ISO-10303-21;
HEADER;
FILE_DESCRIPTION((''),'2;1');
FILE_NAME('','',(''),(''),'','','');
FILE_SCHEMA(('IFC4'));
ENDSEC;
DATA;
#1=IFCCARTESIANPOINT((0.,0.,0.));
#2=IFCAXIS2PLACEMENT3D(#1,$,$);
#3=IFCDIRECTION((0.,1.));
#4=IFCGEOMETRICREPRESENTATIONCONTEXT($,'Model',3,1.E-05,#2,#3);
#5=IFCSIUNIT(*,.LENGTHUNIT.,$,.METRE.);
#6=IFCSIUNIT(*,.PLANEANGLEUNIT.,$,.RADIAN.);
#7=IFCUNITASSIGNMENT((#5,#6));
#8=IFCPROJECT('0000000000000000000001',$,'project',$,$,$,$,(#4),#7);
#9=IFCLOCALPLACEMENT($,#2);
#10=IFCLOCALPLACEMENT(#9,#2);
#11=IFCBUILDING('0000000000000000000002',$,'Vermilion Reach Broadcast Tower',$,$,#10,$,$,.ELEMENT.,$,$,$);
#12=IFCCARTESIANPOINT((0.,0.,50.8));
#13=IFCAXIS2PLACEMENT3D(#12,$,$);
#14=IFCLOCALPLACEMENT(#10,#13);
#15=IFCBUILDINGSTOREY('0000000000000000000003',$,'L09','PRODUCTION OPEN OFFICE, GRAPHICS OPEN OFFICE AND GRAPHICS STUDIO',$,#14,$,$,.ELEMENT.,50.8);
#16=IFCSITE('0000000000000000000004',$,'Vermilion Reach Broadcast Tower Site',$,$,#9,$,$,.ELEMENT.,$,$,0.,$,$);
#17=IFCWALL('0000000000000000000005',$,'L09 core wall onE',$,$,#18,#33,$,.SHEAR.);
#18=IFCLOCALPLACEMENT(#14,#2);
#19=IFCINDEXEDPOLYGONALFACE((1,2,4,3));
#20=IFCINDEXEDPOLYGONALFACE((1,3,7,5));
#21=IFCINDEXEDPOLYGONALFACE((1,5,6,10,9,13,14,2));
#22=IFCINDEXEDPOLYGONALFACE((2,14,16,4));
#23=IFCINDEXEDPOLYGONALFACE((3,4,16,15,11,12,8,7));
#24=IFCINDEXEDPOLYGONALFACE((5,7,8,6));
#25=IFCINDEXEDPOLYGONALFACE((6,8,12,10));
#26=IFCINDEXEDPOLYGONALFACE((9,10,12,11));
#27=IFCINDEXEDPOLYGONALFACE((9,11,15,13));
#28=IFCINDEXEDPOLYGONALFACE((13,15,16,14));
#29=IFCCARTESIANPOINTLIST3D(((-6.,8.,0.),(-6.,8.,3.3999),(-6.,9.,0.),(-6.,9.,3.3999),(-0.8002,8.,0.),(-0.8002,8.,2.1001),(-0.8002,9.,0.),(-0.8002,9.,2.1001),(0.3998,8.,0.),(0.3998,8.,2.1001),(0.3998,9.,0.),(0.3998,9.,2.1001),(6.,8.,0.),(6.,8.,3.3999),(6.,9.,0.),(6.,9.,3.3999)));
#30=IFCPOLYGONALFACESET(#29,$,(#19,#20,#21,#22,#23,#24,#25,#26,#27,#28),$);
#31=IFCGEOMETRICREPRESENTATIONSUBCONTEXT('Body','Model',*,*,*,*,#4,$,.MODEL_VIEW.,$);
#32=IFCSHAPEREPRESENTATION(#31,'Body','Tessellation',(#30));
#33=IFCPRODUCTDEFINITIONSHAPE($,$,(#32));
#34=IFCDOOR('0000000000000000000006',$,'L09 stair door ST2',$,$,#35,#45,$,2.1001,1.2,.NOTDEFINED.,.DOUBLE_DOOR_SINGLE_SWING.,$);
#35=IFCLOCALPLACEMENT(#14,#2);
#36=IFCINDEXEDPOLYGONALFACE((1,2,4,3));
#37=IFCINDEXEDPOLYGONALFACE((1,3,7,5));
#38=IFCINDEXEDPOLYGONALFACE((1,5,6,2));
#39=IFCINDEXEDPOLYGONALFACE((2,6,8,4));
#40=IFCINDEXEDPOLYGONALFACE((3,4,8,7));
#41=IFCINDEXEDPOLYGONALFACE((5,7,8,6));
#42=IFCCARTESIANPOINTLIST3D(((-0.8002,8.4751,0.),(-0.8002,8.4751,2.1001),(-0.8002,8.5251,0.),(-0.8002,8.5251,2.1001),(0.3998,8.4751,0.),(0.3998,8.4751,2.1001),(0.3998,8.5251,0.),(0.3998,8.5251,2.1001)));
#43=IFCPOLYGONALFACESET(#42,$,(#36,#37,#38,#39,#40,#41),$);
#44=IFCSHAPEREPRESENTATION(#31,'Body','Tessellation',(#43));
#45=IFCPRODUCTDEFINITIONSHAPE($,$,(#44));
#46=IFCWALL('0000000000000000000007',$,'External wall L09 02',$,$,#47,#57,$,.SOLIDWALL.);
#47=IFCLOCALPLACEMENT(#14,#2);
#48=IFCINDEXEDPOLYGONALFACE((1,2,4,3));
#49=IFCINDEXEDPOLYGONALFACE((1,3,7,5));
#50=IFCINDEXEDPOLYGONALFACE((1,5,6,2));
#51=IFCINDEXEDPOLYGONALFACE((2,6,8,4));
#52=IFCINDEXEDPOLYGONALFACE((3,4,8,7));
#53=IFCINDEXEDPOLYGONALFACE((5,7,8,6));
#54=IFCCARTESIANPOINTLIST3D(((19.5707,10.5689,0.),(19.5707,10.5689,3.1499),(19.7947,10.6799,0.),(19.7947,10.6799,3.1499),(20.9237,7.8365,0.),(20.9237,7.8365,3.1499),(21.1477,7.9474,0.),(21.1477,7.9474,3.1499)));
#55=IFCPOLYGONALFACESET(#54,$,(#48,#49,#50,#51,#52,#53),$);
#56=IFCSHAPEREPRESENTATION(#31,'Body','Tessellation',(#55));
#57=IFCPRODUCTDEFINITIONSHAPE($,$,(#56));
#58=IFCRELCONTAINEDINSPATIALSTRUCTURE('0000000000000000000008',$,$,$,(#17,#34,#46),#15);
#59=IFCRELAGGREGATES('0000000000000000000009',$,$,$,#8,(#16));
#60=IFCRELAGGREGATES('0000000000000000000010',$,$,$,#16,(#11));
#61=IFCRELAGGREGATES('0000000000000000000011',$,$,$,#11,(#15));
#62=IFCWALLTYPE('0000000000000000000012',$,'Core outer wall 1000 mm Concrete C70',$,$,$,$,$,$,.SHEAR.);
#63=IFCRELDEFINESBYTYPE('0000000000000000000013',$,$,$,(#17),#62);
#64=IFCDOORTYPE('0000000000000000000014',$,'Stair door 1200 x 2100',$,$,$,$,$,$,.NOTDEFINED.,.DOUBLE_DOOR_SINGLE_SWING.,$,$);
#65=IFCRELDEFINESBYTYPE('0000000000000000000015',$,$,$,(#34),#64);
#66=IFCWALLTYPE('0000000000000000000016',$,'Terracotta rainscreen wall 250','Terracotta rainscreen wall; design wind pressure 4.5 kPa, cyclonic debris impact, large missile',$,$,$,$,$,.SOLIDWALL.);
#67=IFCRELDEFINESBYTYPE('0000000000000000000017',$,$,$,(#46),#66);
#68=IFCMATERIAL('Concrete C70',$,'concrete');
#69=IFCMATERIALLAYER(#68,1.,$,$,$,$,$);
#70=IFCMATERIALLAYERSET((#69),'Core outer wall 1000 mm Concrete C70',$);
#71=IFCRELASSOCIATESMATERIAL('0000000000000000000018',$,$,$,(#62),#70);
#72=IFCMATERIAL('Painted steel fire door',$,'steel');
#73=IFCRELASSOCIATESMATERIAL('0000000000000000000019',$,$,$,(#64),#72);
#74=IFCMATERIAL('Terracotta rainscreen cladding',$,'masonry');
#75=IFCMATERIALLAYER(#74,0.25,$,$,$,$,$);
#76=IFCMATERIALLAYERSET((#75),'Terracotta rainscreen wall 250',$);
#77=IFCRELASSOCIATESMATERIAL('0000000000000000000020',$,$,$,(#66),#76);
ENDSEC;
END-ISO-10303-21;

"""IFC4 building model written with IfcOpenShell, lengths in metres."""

from ifc_helpers import new_model, si_unit, direction, frame, frame_2d, origin, place, context, subcontext, project, spatial, rectangle, extrude, material, layer, layer_set, type_object, element, fill, save


model = new_model("IFC4")

# Units and contexts
model_context = context("Model", 3, precision=1e-05, world=origin(), true_north=direction((0.0, 1.0)))
body_context = subcontext(model_context, "Body", "Model", "MODEL_VIEW")
ifc_project = project(units=[si_unit("LENGTHUNIT", "METRE"), si_unit("PLANEANGLEUNIT", "RADIAN")], contexts=[model_context])

# Site, building, storey
site_placement = place(None, origin())
site = spatial("IfcSite", under=ifc_project, at=site_placement, Name="Vermilion Reach Broadcast Tower Site", CompositionType="ELEMENT", RefElevation=0.0)
building_placement = place(site_placement, origin())
building = spatial("IfcBuilding", under=site, at=building_placement, Name="Vermilion Reach Broadcast Tower", CompositionType="ELEMENT")
storey_placement = place(building_placement, frame((0.0, 0.0, 50.8)))
storey = spatial("IfcBuildingStorey", under=building, at=storey_placement, Name="L09", Description="PRODUCTION OPEN OFFICE, GRAPHICS OPEN OFFICE AND GRAPHICS STUDIO", CompositionType="ELEMENT", Elevation=50.8)

# Wall, opening, door
ifc_material_1 = material(Name="Concrete C70", Category="concrete")
ifc_layer_1 = layer(ifc_material_1, 1.0)
ifc_layer_set_1 = layer_set([ifc_layer_1], Name="Core outer wall 1000 mm Concrete C70")
wall_type_1 = type_object("IfcWallType", Name="Core outer wall 1000 mm Concrete C70", PredefinedType="SHEAR", material=ifc_layer_set_1)
wall_1_placement = place(storey_placement, frame((6.0, 8.5, 0.0), z_axis=(0.0, 0.0, 1.0), x_axis=(-1.0, 0.0, 0.0)))
wall_1 = element("IfcWall", 1, at=wall_1_placement, inside=storey, type_object=wall_type_1, Name="L09 core wall onE", PredefinedType="SHEAR", context=body_context, shape_type="SweptSolid", body=[
    extrude(rectangle(XDim=12.0, YDim=1.0, at=frame_2d((6.0, 0.0))), origin(), (0.0, 0.0, 1.0), 3.3999),
])
opening_placement = place(wall_1_placement, frame((5.6001, 0.0, 0.0)))
opening = element("IfcOpeningElement", 2, at=opening_placement, cuts=wall_1, PredefinedType="OPENING", context=body_context, shape_type="SweptSolid", body=[
    extrude(rectangle(XDim=1.2, YDim=2.1001, at=frame_2d((0.6001, 1.05))), frame((0.0, 0.51, 0.0), z_axis=(0.0, -1.0, 0.0), x_axis=(1.0, 0.0, 0.0)), (0.0, 0.0, 1.0), 1.02),
])
ifc_material_2 = material(Name="Painted steel fire door", Category="steel")
door_type = type_object("IfcDoorType", Name="Stair door 1200 x 2100", OperationType="DOUBLE_DOOR_SINGLE_SWING", PredefinedType="NOTDEFINED", material=ifc_material_2)
door_placement = place(opening_placement, origin())
door = element("IfcDoor", 3, at=door_placement, inside=storey, type_object=door_type, Name="L09 stair door ST2", OperationType="DOUBLE_DOOR_SINGLE_SWING", OverallHeight=2.1001, OverallWidth=1.2, PredefinedType="NOTDEFINED", context=body_context, shape_type="SweptSolid", body=[
    extrude(rectangle(XDim=1.2, YDim=2.1001, at=frame_2d((0.6001, 1.05))), frame((0.0, 0.0249, 0.0), z_axis=(0.0, -1.0, 0.0), x_axis=(1.0, 0.0, 0.0)), (0.0, 0.0, 1.0), 0.05),
])
fill(opening, door)

# Wall
ifc_material_3 = material(Name="Terracotta rainscreen cladding", Category="masonry")
ifc_layer_2 = layer(ifc_material_3, 0.25)
ifc_layer_set_2 = layer_set([ifc_layer_2], Name="Terracotta rainscreen wall 250")
wall_type_2 = type_object("IfcWallType", Name="Terracotta rainscreen wall 250", Description="Terracotta rainscreen wall; design wind pressure 4.5 kPa, cyclonic debris impact, large missile", PredefinedType="SOLIDWALL", material=ifc_layer_set_2)
wall_2_placement = place(storey_placement, frame((21.0356, 7.8921, 0.0), z_axis=(0.0, 0.0, 1.0), x_axis=(-0.443751, 0.89615, 0.0)))
element("IfcWall", 4, at=wall_2_placement, inside=storey, type_object=wall_type_2, Name="External wall L09 02", PredefinedType="SOLIDWALL", context=body_context, shape_type="SweptSolid", body=[
    extrude(rectangle(XDim=3.0491, YDim=0.25, at=frame_2d((1.5244, 0.0))), origin(), (0.0, 0.0, 1.0), 3.1499),
])

save(model, "model.ifc")
